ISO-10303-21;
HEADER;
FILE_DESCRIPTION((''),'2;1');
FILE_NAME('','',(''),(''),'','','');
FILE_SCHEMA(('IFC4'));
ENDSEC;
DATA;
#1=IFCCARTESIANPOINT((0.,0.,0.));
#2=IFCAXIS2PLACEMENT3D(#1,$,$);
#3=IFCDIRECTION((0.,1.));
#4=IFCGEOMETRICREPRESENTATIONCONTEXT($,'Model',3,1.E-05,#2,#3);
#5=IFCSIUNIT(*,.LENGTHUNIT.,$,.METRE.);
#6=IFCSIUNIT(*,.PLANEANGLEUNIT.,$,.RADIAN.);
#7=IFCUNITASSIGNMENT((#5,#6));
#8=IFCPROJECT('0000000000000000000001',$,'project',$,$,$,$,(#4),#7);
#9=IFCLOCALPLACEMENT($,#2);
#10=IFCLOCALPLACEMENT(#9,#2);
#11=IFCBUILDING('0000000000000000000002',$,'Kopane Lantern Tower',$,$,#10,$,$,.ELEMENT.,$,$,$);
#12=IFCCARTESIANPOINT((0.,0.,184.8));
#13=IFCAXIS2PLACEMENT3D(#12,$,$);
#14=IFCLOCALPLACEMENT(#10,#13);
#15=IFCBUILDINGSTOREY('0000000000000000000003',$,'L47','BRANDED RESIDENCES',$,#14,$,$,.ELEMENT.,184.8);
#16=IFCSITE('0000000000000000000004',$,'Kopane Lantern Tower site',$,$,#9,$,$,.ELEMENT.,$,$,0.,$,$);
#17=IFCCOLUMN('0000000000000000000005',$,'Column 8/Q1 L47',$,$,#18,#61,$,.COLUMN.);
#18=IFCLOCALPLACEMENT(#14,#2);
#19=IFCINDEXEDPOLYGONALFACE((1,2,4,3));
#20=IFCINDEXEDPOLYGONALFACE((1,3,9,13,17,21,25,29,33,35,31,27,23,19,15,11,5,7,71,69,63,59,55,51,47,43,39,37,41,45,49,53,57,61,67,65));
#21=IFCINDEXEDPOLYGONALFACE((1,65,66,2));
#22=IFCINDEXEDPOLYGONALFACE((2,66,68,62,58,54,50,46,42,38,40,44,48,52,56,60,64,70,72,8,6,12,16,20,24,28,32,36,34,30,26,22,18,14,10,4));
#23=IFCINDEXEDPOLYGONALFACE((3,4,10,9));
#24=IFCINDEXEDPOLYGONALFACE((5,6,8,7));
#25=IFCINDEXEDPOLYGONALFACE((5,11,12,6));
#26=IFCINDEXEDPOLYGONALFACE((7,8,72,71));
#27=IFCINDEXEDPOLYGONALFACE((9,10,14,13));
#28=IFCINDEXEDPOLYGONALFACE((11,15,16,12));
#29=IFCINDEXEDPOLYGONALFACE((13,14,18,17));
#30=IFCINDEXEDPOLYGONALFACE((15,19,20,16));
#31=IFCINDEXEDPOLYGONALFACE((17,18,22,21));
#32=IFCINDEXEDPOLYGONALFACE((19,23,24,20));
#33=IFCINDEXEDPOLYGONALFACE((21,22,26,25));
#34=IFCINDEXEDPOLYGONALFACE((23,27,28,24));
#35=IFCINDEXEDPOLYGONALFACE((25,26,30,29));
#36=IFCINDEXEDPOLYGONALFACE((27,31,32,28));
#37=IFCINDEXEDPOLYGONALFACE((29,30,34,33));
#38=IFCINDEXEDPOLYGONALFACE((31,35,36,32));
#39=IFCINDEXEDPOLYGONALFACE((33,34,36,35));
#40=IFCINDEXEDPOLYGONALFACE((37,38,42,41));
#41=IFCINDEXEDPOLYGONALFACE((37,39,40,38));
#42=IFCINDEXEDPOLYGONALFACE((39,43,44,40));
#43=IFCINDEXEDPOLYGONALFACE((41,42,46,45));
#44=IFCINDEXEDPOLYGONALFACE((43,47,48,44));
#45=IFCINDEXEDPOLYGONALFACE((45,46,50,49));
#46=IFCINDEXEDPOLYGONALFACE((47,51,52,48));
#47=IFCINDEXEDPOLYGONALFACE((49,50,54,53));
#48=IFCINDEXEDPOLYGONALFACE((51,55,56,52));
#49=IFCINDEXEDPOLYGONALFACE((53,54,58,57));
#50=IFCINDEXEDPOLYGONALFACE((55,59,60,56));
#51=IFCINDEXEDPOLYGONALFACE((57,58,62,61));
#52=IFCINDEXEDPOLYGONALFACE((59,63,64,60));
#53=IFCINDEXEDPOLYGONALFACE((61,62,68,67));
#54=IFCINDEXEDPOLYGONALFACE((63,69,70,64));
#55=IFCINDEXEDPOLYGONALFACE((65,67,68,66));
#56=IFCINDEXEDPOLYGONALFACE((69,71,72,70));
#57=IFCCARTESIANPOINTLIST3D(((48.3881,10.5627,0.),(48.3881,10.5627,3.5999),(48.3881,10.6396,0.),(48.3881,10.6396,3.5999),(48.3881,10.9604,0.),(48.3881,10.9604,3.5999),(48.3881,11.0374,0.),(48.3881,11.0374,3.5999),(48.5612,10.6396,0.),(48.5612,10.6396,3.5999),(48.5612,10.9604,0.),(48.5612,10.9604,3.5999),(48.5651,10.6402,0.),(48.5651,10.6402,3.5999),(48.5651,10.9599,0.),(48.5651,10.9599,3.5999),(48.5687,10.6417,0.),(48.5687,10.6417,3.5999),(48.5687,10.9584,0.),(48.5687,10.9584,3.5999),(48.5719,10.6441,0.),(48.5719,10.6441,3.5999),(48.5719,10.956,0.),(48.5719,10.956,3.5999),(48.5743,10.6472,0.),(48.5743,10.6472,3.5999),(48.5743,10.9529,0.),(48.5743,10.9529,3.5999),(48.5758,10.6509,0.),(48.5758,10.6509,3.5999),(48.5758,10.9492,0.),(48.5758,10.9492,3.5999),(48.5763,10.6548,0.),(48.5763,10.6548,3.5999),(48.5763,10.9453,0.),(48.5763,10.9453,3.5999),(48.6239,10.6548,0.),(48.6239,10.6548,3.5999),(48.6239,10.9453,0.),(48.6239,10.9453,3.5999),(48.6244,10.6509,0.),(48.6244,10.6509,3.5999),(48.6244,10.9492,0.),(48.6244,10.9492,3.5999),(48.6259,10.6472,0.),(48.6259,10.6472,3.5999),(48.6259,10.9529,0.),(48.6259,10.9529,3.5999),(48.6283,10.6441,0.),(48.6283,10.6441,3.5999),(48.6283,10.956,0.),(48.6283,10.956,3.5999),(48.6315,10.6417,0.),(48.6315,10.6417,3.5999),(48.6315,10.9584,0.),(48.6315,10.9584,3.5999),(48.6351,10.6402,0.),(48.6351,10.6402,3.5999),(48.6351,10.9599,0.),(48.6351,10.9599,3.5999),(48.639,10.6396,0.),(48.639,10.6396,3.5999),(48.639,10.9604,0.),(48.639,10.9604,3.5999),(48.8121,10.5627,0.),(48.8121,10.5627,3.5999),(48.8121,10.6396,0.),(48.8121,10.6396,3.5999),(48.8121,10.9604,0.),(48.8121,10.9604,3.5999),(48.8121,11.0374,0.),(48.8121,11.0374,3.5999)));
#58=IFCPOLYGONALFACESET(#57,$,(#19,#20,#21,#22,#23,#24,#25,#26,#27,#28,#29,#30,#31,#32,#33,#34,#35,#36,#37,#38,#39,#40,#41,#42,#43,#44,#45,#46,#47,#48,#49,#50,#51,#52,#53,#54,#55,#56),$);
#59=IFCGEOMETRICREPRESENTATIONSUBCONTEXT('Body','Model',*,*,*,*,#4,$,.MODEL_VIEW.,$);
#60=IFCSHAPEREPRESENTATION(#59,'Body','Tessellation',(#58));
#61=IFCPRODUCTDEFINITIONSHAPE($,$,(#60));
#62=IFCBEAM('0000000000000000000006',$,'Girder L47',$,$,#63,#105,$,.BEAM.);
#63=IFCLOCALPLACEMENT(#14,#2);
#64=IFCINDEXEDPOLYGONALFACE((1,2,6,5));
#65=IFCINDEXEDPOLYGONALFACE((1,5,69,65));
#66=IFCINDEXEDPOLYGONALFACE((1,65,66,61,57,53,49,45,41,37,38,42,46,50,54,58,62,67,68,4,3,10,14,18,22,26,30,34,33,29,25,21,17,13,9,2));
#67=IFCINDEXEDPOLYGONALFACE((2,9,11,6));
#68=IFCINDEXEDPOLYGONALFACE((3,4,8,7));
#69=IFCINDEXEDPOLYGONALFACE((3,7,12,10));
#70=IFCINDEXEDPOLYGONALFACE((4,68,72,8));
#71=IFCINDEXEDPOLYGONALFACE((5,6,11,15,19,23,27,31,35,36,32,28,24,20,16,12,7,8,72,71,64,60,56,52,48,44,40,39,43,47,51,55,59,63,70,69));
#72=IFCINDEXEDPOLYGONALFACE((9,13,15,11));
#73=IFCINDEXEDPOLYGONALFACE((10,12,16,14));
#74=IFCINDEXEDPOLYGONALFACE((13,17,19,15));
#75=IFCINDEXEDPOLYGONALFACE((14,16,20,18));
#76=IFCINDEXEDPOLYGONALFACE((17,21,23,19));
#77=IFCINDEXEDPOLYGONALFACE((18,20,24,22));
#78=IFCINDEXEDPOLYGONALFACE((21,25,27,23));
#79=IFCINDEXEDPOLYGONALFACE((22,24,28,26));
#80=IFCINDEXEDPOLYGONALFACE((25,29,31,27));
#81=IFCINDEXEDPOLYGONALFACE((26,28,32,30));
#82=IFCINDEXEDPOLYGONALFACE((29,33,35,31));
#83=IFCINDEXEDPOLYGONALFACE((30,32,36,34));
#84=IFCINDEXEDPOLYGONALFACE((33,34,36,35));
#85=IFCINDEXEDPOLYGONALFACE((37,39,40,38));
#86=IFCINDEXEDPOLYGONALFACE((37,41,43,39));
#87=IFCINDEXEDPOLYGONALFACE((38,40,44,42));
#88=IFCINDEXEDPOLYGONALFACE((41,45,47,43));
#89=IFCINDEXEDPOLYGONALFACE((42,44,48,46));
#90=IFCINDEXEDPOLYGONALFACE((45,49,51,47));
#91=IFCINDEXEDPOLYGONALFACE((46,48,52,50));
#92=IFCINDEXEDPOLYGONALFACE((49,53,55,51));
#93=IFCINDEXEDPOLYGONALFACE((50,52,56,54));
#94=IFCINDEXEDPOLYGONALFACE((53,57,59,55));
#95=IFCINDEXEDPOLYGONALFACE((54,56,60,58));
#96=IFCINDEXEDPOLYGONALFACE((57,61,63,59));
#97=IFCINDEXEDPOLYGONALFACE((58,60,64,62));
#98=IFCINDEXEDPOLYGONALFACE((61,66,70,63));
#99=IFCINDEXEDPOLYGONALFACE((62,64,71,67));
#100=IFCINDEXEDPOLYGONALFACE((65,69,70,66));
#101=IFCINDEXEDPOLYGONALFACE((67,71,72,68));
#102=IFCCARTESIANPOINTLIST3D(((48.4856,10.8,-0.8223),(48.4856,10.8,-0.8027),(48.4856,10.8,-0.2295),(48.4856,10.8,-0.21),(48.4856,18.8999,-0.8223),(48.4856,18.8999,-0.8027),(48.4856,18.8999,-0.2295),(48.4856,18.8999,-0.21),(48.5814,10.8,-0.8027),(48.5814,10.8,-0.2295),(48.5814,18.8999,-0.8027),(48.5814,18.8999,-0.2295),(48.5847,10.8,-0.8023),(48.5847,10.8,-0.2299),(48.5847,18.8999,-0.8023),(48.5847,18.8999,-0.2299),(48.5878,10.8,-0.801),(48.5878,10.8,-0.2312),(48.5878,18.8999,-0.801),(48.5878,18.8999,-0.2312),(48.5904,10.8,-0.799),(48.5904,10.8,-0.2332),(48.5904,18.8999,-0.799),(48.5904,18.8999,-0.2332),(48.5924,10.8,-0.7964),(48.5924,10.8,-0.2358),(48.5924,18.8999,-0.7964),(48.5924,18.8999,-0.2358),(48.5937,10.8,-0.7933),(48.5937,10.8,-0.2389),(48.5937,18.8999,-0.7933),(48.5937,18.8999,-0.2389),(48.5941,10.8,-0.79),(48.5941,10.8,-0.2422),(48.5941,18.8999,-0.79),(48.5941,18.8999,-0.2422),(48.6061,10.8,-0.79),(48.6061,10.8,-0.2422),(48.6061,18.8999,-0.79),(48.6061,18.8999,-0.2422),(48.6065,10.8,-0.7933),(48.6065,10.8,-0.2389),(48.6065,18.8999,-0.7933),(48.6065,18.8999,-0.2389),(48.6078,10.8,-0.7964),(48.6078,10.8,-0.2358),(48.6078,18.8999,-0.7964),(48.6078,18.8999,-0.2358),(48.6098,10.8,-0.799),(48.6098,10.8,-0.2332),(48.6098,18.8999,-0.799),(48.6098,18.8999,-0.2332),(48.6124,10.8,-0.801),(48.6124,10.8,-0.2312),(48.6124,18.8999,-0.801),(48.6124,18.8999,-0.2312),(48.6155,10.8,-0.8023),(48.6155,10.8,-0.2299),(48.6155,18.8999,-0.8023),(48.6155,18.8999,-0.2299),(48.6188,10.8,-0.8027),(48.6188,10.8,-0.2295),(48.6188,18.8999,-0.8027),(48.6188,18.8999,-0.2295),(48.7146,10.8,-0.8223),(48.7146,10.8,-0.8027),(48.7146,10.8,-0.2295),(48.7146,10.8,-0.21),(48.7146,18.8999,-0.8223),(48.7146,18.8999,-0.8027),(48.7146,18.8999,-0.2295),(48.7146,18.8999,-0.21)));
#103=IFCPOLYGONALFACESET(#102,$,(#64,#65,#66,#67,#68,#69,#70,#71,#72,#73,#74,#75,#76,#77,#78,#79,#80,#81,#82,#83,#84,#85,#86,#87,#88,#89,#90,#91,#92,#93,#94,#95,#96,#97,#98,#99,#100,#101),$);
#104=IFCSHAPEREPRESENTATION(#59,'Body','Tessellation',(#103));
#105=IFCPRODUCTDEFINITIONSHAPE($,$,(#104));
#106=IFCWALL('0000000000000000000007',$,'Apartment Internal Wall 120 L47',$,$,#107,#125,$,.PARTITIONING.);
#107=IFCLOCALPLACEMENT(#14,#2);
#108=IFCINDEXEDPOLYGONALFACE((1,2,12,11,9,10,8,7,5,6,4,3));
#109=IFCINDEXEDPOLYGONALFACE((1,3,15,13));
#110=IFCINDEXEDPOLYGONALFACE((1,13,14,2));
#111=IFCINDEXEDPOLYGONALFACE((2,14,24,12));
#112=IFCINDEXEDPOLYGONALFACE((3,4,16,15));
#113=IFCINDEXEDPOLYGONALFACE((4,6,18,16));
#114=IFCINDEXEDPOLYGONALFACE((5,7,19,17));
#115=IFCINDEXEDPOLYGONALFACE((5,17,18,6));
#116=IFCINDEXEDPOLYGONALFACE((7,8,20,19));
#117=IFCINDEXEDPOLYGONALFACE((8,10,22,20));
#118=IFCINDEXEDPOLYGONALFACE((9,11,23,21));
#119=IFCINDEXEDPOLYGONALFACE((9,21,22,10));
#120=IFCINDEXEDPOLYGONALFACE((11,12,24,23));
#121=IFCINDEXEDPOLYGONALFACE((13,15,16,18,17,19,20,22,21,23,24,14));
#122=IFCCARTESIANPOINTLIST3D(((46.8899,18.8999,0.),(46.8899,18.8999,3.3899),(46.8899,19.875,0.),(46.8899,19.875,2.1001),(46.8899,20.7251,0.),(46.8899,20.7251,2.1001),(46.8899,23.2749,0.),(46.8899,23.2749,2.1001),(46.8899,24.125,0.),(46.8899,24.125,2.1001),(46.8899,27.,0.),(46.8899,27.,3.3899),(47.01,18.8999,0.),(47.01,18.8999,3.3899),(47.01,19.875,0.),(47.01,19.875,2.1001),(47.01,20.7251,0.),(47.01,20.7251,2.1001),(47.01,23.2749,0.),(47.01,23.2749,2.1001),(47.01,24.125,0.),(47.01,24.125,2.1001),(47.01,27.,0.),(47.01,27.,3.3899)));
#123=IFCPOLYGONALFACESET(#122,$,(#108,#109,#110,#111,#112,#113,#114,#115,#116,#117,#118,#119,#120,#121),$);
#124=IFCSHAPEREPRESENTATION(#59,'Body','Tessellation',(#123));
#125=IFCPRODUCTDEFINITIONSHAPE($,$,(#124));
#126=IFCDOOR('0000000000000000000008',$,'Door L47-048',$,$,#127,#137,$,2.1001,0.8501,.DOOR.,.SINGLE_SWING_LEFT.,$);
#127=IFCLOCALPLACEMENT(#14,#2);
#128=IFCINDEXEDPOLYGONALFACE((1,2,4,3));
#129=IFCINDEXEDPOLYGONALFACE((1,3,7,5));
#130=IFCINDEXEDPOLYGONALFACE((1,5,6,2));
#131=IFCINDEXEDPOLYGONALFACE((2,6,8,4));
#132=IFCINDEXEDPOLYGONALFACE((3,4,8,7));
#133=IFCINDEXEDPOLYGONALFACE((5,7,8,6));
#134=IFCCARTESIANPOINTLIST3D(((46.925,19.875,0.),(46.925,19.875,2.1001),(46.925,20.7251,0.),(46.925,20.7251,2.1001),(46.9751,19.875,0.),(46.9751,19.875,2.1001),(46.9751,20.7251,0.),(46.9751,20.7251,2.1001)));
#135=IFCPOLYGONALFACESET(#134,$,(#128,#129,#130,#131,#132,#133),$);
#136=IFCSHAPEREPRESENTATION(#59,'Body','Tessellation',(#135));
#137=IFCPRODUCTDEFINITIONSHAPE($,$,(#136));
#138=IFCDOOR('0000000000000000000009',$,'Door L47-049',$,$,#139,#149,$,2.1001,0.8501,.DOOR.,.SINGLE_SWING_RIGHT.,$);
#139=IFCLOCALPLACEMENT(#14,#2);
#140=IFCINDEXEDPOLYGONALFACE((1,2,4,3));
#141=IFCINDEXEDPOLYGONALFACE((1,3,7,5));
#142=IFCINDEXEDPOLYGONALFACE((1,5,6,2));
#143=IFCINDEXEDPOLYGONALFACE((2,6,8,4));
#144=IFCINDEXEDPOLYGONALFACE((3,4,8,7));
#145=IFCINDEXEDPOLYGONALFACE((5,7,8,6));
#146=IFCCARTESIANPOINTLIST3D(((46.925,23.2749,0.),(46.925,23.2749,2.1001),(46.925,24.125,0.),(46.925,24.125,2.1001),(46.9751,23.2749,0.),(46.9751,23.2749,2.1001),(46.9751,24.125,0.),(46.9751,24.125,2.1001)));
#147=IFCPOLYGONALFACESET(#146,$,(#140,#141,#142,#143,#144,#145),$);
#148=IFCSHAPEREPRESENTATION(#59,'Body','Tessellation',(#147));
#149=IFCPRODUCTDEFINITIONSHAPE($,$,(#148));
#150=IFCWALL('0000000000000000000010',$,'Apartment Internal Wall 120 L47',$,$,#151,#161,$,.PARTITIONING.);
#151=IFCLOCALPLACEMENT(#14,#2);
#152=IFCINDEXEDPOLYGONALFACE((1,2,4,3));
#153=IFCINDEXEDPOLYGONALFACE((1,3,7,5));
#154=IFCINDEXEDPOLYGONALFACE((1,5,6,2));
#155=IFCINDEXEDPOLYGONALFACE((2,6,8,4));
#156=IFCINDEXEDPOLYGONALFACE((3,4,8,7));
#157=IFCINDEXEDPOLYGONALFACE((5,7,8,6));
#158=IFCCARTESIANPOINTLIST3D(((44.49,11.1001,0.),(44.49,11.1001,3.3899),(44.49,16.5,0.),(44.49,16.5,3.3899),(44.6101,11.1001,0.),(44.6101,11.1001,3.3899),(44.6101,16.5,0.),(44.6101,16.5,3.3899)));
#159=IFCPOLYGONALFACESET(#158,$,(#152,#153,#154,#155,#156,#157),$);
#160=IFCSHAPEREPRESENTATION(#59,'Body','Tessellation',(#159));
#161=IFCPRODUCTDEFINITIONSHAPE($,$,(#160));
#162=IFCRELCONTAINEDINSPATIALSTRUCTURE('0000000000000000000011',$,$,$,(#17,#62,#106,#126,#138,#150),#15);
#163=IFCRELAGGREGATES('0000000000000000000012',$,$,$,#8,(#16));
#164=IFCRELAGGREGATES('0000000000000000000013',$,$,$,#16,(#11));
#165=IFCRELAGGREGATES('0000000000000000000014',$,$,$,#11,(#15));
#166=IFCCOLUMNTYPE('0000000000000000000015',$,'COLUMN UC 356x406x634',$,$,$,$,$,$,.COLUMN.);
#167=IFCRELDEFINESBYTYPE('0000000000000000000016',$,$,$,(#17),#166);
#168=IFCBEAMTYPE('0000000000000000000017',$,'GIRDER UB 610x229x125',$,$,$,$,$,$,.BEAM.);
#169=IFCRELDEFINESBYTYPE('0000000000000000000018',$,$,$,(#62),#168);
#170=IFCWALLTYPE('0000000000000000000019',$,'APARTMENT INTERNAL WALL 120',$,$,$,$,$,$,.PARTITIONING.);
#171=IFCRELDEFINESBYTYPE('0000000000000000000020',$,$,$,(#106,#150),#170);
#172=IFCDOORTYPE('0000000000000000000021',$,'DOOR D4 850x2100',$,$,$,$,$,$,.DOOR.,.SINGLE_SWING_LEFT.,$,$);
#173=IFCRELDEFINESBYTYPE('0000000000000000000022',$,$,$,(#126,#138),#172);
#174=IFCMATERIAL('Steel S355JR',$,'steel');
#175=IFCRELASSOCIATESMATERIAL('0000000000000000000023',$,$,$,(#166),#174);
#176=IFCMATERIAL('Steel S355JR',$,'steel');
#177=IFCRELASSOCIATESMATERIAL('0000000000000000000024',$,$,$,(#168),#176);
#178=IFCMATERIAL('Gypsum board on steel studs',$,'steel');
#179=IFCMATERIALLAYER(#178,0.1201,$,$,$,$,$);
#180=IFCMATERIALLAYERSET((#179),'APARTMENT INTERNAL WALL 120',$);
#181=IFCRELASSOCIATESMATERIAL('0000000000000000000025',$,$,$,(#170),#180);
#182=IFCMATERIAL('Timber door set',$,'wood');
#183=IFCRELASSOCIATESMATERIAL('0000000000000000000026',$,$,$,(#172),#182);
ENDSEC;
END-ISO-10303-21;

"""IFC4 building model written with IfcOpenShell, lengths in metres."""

from ifc_helpers import new_model, si_unit, direction, frame, frame_2d, origin, origin_2d, place, context, subcontext, project, spatial, rectangle, i_section, extrude, material, layer, layer_set, material_profile, profile_set, type_object, element, fill, save


model = new_model("IFC4")

# Units and contexts
model_context = context("Model", 3, precision=1e-05, world=origin(), true_north=direction((0.0, 1.0)))
body_context = subcontext(model_context, "Body", "Model", "MODEL_VIEW")
ifc_project = project(units=[si_unit("LENGTHUNIT", "METRE"), si_unit("PLANEANGLEUNIT", "RADIAN")], contexts=[model_context])

# Site, building, storey
site_placement = place(None, origin())
site = spatial("IfcSite", under=ifc_project, at=site_placement, Name="Kopane Lantern Tower site", CompositionType="ELEMENT", RefElevation=0.0)
building_placement = place(site_placement, origin())
building = spatial("IfcBuilding", under=site, at=building_placement, Name="Kopane Lantern Tower", CompositionType="ELEMENT")
storey_placement = place(building_placement, frame((0.0, 0.0, 184.8)))
storey = spatial("IfcBuildingStorey", under=building, at=storey_placement, Name="L47", Description="BRANDED RESIDENCES", CompositionType="ELEMENT", Elevation=184.8)

# Column
ifc_material_1 = material(Name="Steel S355JR", Category="steel")
ifc_material_profile_1 = material_profile(ifc_material_1, i_section(OverallWidth=0.4241, OverallDepth=0.4746, WebThickness=0.0476, FlangeThickness=0.0769, FilletRadius=0.0151, at=origin_2d()), Name="UC 356x406x634")
ifc_profile_set_1 = profile_set([ifc_material_profile_1], Name="Steel S355JR")
column_type = type_object("IfcColumnType", Name="COLUMN UC 356x406x634", PredefinedType="COLUMN", material=ifc_profile_set_1)
column_placement = place(storey_placement, frame((48.6001, 10.8, 0.0), z_axis=(0.0, 0.0, 1.0), x_axis=(1.0, 0.0, 0.0)))
element("IfcColumn", 1, at=column_placement, inside=storey, type_object=column_type, Name="Column 8/Q1 L47", PredefinedType="COLUMN", context=body_context, shape_type="SweptSolid", body=[
    extrude(i_section(OverallWidth=0.4241, OverallDepth=0.4746, WebThickness=0.0476, FlangeThickness=0.0769, FilletRadius=0.0151, at=origin_2d()), origin(), (0.0, 0.0, 1.0), 3.5999),
])

# Beam
ifc_material_2 = material(Name="Steel S355JR", Category="steel")
ifc_material_profile_2 = material_profile(ifc_material_2, i_section(OverallWidth=0.229, OverallDepth=0.6123, WebThickness=0.012, FlangeThickness=0.0195, FilletRadius=0.0127, at=origin_2d()), Name="UB 610x229x125")
ifc_profile_set_2 = profile_set([ifc_material_profile_2], Name="Steel S355JR")
beam_type = type_object("IfcBeamType", Name="GIRDER UB 610x229x125", PredefinedType="BEAM", material=ifc_profile_set_2)
beam_placement = place(storey_placement, frame((48.6001, 10.8, -0.5161), z_axis=(0.0, 1.0, 0.0), x_axis=(-1.0, 0.0, 0.0)))
element("IfcBeam", 2, at=beam_placement, inside=storey, type_object=beam_type, Name="Girder L47", PredefinedType="BEAM", context=body_context, shape_type="SweptSolid", body=[
    extrude(i_section(OverallWidth=0.229, OverallDepth=0.6123, WebThickness=0.012, FlangeThickness=0.0195, FilletRadius=0.0127, at=origin_2d()), origin(), (0.0, 0.0, 1.0), 8.0999),
])

# Wall, openings, doors
ifc_material_3 = material(Name="Gypsum board on steel studs", Category="steel")
ifc_layer_1 = layer(ifc_material_3, 0.1201)
ifc_layer_set_1 = layer_set([ifc_layer_1], Name="APARTMENT INTERNAL WALL 120")
wall_type_1 = type_object("IfcWallType", Name="APARTMENT INTERNAL WALL 120", PredefinedType="PARTITIONING", material=ifc_layer_set_1)
wall_1_placement = place(storey_placement, frame((46.95, 18.8999, 0.0), z_axis=(0.0, 0.0, 1.0), x_axis=(0.0, 1.0, 0.0)))
wall_1 = element("IfcWall", 3, at=wall_1_placement, inside=storey, type_object=wall_type_1, Name="Apartment Internal Wall 120 L47", PredefinedType="PARTITIONING", context=body_context, shape_type="SweptSolid", body=[
    extrude(rectangle(XDim=8.1001, YDim=0.1201, at=frame_2d((4.05, 0.0))), origin(), (0.0, 0.0, 1.0), 3.3899),
])
opening_1_placement = place(wall_1_placement, frame((0.9751, 0.0, 0.0)))
opening_1 = element("IfcOpeningElement", 4, at=opening_1_placement, cuts=wall_1, PredefinedType="OPENING", context=body_context, shape_type="SweptSolid", body=[
    extrude(rectangle(XDim=0.8501, YDim=2.1001, at=frame_2d((0.425, 1.05))), frame((0.0, 0.0701, 0.0), z_axis=(0.0, -1.0, 0.0), x_axis=(1.0, 0.0, 0.0)), (0.0, 0.0, 1.0), 0.1401),
])
opening_2_placement = place(wall_1_placement, frame((4.375, 0.0, 0.0)))
opening_2 = element("IfcOpeningElement", 5, at=opening_2_placement, cuts=wall_1, PredefinedType="OPENING", context=body_context, shape_type="SweptSolid", body=[
    extrude(rectangle(XDim=0.8501, YDim=2.1001, at=frame_2d((0.425, 1.05))), frame((0.0, 0.0701, 0.0), z_axis=(0.0, -1.0, 0.0), x_axis=(1.0, 0.0, 0.0)), (0.0, 0.0, 1.0), 0.1401),
])
ifc_material_4 = material(Name="Timber door set", Category="wood")
door_type_1 = type_object("IfcDoorType", Name="DOOR D4 850x2100", OperationType="SINGLE_SWING_LEFT", PredefinedType="DOOR", material=ifc_material_4)
door_1_placement = place(opening_1_placement, origin())
door_1 = element("IfcDoor", 6, at=door_1_placement, inside=storey, type_object=door_type_1, Name="Door L47-048", OperationType="SINGLE_SWING_LEFT", OverallHeight=2.1001, OverallWidth=0.8501, PredefinedType="DOOR", context=body_context, shape_type="SweptSolid", body=[
    extrude(rectangle(XDim=0.8501, YDim=2.1001, at=frame_2d((0.425, 1.05))), frame((0.0, 0.0249, 0.0), z_axis=(0.0, -1.0, 0.0), x_axis=(1.0, 0.0, 0.0)), (0.0, 0.0, 1.0), 0.05),
])
fill(opening_1, door_1)
door_2_placement = place(opening_2_placement, origin())
door_2 = element("IfcDoor", 7, at=door_2_placement, inside=storey, type_object=door_type_1, Name="Door L47-049", OperationType="SINGLE_SWING_RIGHT", OverallHeight=2.1001, OverallWidth=0.8501, PredefinedType="DOOR", context=body_context, shape_type="SweptSolid", body=[
    extrude(rectangle(XDim=0.8501, YDim=2.1001, at=frame_2d((0.425, 1.05))), frame((0.0, 0.0249, 0.0), z_axis=(0.0, -1.0, 0.0), x_axis=(1.0, 0.0, 0.0)), (0.0, 0.0, 1.0), 0.05),
])
fill(opening_2, door_2)

# Wall
wall_2_placement = place(storey_placement, frame((44.55, 16.5, 0.0), z_axis=(0.0, 0.0, 1.0), x_axis=(0.0, -1.0, 0.0)))
element("IfcWall", 8, at=wall_2_placement, inside=storey, type_object=wall_type_1, Name="Apartment Internal Wall 120 L47", PredefinedType="PARTITIONING", context=body_context, shape_type="SweptSolid", body=[
    extrude(rectangle(XDim=5.3999, YDim=0.1201, at=frame_2d((2.7, 0.0))), origin(), (0.0, 0.0, 1.0), 3.3899),
])

save(model, "model.ifc")
